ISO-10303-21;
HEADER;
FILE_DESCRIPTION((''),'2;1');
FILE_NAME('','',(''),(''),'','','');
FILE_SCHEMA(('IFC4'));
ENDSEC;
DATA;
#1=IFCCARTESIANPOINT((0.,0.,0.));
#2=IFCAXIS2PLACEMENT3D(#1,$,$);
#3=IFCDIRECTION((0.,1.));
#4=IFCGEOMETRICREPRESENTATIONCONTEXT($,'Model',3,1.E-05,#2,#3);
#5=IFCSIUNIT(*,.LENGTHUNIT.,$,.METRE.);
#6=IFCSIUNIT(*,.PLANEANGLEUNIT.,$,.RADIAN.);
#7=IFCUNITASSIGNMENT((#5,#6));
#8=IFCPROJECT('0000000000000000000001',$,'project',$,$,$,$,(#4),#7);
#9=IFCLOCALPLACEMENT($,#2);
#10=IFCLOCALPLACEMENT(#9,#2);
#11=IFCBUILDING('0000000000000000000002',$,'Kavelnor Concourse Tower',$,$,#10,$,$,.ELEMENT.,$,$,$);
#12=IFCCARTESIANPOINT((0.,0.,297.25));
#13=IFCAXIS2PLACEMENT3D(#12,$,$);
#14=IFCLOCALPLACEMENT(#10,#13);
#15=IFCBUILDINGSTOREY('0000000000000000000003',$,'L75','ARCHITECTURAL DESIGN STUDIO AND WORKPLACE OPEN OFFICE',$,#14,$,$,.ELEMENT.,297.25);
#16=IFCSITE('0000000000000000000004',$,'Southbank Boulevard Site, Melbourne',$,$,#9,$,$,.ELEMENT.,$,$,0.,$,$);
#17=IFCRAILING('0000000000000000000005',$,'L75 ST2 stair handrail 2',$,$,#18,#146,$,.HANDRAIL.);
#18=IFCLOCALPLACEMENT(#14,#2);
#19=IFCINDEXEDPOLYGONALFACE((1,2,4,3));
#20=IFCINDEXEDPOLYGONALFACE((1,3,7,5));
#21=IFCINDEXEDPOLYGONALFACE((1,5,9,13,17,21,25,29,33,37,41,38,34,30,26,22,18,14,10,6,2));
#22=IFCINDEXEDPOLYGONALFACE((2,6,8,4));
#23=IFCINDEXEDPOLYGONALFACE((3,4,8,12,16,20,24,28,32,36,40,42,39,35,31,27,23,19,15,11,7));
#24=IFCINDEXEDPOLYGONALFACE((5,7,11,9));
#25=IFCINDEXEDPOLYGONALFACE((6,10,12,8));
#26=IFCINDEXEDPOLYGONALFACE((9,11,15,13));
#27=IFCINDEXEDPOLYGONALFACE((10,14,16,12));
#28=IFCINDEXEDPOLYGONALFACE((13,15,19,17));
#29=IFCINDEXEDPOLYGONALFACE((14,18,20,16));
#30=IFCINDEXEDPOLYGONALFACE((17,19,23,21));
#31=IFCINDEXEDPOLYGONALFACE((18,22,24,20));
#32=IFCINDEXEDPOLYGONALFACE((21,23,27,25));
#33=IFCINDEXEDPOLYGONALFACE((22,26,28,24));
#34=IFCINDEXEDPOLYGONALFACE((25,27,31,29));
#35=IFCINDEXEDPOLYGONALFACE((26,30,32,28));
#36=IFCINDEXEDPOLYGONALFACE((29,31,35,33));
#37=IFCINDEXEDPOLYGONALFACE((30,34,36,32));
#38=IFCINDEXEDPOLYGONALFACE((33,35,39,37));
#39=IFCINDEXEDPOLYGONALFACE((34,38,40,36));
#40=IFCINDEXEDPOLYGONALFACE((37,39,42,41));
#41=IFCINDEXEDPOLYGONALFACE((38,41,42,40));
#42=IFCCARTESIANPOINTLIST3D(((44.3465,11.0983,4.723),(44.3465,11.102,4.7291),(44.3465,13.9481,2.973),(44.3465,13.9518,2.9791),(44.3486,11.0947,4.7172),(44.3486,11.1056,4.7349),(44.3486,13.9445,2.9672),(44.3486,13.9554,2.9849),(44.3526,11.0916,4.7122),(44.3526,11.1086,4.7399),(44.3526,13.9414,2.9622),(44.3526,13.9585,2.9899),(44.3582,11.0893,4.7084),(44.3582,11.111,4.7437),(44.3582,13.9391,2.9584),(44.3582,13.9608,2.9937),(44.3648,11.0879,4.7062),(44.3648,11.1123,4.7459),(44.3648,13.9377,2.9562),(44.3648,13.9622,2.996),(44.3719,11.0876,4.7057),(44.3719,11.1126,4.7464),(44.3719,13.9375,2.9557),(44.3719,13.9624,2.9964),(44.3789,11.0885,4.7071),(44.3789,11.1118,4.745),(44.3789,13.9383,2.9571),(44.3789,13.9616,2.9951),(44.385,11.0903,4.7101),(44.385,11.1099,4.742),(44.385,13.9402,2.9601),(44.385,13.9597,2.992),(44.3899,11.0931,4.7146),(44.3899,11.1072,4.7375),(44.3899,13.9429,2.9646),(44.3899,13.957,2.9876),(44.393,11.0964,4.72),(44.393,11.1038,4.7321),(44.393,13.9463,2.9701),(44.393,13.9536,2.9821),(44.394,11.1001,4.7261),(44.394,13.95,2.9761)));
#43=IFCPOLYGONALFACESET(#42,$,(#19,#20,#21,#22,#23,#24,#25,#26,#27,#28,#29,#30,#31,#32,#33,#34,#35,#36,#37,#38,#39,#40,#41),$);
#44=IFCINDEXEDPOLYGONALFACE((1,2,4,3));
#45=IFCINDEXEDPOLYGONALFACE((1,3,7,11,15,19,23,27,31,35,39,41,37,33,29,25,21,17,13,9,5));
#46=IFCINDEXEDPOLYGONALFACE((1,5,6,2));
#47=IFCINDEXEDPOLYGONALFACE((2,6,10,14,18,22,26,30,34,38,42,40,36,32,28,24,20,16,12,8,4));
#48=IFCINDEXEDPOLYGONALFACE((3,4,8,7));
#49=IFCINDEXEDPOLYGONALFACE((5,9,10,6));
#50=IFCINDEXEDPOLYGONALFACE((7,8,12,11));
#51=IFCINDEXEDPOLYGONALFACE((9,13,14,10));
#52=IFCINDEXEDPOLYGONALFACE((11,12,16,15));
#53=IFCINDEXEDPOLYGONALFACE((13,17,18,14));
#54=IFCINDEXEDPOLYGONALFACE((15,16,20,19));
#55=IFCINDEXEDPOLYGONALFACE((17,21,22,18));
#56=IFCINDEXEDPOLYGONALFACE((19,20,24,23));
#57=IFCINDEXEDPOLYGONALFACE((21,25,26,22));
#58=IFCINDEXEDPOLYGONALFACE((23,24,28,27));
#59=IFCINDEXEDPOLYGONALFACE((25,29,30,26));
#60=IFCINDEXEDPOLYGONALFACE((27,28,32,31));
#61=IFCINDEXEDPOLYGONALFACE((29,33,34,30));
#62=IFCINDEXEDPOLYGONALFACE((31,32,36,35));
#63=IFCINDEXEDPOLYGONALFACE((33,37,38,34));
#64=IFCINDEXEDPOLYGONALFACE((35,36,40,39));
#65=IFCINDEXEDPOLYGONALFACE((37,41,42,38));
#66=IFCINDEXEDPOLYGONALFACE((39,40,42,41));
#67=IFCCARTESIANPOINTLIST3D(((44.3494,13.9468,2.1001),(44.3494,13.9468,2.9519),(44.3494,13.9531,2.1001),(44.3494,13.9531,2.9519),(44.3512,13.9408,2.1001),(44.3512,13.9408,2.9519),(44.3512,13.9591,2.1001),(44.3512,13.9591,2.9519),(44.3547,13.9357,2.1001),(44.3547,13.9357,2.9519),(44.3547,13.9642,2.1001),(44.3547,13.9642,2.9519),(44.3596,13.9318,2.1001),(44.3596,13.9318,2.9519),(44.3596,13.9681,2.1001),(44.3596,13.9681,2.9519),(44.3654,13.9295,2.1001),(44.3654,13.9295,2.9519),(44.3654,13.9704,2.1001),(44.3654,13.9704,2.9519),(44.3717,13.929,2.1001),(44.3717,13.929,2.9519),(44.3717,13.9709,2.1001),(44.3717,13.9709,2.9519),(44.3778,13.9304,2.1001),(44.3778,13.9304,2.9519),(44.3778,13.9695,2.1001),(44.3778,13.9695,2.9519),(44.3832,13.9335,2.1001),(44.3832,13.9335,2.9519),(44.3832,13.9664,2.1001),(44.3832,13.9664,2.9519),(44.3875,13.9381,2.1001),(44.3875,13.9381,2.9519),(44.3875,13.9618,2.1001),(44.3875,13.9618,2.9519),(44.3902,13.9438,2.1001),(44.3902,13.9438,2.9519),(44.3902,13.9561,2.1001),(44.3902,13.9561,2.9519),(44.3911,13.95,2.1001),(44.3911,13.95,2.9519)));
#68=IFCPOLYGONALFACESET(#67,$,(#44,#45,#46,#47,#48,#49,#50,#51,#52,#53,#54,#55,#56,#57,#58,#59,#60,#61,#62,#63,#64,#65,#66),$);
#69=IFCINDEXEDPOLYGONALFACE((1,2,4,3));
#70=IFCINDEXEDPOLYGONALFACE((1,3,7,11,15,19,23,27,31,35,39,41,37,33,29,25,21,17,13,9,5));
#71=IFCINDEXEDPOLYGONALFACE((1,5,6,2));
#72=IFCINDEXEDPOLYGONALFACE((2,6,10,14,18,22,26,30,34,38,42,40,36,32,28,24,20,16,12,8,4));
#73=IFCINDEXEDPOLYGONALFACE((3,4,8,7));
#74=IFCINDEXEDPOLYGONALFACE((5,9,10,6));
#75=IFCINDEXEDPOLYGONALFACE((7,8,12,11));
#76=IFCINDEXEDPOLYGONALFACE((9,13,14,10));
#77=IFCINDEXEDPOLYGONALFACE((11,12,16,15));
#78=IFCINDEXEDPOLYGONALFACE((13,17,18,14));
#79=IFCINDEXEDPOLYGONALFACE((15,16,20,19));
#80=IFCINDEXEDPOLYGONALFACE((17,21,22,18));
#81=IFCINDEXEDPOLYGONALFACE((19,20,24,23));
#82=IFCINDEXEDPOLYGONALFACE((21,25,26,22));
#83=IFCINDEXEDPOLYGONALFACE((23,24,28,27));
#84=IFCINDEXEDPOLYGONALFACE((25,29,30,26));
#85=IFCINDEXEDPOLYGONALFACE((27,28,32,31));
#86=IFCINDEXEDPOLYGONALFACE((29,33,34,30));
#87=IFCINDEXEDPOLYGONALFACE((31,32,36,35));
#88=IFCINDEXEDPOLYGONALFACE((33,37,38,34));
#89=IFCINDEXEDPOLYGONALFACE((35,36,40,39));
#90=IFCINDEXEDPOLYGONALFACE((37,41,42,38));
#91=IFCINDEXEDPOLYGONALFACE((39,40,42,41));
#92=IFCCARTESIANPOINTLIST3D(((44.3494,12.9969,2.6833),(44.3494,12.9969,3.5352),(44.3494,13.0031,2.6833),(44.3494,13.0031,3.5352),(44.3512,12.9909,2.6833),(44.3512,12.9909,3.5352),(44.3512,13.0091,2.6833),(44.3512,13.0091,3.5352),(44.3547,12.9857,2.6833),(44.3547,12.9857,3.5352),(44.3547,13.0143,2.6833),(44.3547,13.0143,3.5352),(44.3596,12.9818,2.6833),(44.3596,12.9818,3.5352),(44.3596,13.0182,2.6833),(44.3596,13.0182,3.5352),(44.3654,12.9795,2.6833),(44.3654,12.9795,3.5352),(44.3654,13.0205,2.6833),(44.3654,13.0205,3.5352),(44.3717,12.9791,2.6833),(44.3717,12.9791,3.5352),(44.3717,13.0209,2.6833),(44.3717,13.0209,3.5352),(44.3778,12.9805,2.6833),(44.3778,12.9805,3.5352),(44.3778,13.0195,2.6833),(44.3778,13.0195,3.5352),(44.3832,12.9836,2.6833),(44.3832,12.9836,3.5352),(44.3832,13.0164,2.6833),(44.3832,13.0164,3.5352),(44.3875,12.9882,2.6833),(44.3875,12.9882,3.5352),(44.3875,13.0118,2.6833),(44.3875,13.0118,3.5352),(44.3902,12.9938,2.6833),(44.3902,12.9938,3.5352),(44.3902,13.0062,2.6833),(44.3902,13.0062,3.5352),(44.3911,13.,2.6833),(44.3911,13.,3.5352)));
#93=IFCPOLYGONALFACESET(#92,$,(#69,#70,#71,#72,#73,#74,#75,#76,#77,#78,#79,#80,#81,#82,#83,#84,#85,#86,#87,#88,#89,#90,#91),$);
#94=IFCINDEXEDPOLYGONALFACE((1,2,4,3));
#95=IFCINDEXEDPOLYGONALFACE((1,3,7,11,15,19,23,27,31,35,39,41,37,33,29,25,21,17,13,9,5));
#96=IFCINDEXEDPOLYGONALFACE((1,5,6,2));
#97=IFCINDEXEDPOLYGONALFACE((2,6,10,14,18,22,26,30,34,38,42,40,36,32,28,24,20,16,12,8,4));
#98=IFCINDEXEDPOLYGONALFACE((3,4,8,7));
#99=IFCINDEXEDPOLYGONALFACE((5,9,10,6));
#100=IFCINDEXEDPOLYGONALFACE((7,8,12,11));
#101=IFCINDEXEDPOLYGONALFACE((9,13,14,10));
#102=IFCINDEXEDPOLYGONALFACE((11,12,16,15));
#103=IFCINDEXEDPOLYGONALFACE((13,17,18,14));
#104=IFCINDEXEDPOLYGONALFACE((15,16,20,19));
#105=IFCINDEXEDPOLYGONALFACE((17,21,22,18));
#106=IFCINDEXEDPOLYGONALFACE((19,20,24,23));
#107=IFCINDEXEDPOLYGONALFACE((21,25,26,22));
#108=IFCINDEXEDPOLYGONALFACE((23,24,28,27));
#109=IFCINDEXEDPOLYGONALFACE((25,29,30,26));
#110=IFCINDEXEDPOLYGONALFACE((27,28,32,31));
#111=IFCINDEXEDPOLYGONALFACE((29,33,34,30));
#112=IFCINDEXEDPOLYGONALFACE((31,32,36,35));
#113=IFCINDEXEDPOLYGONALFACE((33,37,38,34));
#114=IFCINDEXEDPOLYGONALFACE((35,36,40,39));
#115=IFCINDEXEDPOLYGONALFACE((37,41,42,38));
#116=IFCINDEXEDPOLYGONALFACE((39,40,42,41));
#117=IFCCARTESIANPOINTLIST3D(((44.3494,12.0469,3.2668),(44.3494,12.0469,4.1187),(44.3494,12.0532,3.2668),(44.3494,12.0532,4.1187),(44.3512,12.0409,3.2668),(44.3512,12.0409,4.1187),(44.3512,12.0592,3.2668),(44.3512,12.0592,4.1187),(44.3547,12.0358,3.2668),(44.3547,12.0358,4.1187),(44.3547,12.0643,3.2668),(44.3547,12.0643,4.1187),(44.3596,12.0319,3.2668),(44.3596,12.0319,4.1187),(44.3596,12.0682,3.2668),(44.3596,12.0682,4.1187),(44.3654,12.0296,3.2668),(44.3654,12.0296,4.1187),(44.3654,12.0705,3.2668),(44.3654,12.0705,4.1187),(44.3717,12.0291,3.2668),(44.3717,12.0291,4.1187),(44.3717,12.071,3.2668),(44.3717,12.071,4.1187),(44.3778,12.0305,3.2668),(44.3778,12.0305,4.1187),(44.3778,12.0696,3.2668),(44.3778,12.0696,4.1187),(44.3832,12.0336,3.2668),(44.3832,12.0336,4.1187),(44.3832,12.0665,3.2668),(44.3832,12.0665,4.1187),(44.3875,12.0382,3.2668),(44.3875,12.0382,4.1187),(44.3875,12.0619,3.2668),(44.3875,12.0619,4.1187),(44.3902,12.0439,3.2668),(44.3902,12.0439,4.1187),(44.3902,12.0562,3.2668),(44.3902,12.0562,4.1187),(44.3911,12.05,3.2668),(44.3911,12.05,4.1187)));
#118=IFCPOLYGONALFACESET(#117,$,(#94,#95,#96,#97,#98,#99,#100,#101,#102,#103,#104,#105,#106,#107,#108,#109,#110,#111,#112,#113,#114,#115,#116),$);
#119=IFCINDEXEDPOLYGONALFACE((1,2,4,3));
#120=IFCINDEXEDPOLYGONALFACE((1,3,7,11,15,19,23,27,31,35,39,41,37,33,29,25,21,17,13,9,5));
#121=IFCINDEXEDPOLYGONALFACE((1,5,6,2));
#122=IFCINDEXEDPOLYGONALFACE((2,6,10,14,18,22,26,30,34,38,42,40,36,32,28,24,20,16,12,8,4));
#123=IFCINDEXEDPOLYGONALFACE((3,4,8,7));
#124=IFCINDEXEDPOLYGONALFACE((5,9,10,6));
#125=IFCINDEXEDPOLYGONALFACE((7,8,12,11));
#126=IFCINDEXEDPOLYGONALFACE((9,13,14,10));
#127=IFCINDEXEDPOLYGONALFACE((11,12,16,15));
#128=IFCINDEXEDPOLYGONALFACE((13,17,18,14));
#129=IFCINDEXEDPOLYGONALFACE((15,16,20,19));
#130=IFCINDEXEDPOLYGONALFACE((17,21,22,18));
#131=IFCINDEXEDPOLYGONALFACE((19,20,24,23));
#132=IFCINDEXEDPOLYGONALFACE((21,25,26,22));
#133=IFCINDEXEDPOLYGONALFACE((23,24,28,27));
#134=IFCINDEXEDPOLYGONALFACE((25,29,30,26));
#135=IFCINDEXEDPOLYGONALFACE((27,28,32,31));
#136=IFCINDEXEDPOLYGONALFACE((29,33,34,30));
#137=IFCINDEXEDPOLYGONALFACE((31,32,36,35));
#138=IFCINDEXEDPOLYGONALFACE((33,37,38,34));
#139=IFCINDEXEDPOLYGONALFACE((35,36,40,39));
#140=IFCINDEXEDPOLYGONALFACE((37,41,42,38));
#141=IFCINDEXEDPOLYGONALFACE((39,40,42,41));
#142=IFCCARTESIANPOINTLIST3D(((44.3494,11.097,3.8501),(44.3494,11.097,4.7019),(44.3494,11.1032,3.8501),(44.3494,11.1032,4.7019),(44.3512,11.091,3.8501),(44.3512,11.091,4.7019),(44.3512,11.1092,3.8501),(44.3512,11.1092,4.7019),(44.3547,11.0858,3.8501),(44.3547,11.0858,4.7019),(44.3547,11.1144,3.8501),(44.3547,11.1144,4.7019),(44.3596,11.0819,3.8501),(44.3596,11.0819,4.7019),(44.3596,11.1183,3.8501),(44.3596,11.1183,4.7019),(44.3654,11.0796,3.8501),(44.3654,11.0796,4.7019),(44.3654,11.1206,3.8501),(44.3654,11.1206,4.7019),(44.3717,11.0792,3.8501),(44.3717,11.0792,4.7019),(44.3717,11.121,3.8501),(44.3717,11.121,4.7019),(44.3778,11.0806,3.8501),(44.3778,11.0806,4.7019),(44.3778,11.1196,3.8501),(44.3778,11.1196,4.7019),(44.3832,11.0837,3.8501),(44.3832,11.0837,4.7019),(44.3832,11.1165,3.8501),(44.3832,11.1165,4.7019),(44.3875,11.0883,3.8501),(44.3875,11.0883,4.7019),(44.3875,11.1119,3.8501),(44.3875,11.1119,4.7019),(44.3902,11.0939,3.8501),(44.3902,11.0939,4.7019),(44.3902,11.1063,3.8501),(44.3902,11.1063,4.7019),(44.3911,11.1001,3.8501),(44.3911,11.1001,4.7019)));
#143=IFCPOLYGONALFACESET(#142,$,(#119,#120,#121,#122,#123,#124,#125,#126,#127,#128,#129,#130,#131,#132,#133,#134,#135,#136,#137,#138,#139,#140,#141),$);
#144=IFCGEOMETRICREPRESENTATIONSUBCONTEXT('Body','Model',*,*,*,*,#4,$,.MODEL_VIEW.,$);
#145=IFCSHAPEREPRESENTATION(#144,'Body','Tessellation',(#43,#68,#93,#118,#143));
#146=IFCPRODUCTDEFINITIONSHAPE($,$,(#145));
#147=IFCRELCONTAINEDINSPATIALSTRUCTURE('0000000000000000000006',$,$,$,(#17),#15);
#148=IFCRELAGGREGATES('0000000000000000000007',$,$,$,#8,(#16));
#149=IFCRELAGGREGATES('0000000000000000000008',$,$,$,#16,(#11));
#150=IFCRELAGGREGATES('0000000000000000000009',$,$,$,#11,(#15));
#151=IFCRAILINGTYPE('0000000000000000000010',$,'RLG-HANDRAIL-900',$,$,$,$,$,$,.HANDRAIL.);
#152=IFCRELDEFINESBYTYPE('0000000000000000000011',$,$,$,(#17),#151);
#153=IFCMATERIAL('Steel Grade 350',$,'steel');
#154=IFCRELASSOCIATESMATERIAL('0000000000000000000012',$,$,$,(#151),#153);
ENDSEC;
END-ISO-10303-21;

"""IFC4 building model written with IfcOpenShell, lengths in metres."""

from ifc_helpers import new_model, si_unit, direction, frame, origin, origin_2d, place, context, subcontext, project, spatial, circle, extrude, material, type_object, element, save


model = new_model("IFC4")

# Units and contexts
model_context = context("Model", 3, precision=1e-05, world=origin(), true_north=direction((0.0, 1.0)))
body_context = subcontext(model_context, "Body", "Model", "MODEL_VIEW")
ifc_project = project(units=[si_unit("LENGTHUNIT", "METRE"), si_unit("PLANEANGLEUNIT", "RADIAN")], contexts=[model_context])

# Site, building, storey
site_placement = place(None, origin())
site = spatial("IfcSite", under=ifc_project, at=site_placement, Name="Southbank Boulevard Site, Melbourne", CompositionType="ELEMENT", RefElevation=0.0)
building_placement = place(site_placement, origin())
building = spatial("IfcBuilding", under=site, at=building_placement, Name="Kavelnor Concourse Tower", CompositionType="ELEMENT")
storey_placement = place(building_placement, frame((0.0, 0.0, 297.25)))
storey = spatial("IfcBuildingStorey", under=building, at=storey_placement, Name="L75", Description="ARCHITECTURAL DESIGN STUDIO AND WORKPLACE OPEN OFFICE", CompositionType="ELEMENT", Elevation=297.25)

# Shared definitions
ifc_material_1 = material(Name="Steel Grade 350", Category="steel")

# Railing
railing_type_1 = type_object("IfcRailingType", Name="RLG-HANDRAIL-900", PredefinedType="HANDRAIL", material=ifc_material_1)
railing_1_placement = place(storey_placement, frame((44.3701, 13.95, 2.1001)))
element("IfcRailing", 1, at=railing_1_placement, inside=storey, type_object=railing_type_1, Name="L75 ST2 stair handrail 2", PredefinedType="HANDRAIL", context=body_context, shape_type="SweptSolid", body=[
    extrude(circle(Radius=0.0239, at=origin_2d()), frame((0.0, 0.0, 0.876), z_axis=(0.0, -0.852159, 0.523283), x_axis=(1.0, 0.0, 0.0)), (0.0, 0.0, 1.0), 3.3442),
    extrude(circle(Radius=0.021, at=origin_2d()), origin(), (0.0, 0.0, 1.0), 0.8518),
    extrude(circle(Radius=0.021, at=origin_2d()), frame((0.0, -0.95, 0.5833)), (0.0, 0.0, 1.0), 0.8518),
    extrude(circle(Radius=0.021, at=origin_2d()), frame((0.0, -1.8999, 1.1667)), (0.0, 0.0, 1.0), 0.8518),
    extrude(circle(Radius=0.021, at=origin_2d()), frame((0.0, -2.8499, 1.75)), (0.0, 0.0, 1.0), 0.8518),
])

save(model, "model.ifc")
